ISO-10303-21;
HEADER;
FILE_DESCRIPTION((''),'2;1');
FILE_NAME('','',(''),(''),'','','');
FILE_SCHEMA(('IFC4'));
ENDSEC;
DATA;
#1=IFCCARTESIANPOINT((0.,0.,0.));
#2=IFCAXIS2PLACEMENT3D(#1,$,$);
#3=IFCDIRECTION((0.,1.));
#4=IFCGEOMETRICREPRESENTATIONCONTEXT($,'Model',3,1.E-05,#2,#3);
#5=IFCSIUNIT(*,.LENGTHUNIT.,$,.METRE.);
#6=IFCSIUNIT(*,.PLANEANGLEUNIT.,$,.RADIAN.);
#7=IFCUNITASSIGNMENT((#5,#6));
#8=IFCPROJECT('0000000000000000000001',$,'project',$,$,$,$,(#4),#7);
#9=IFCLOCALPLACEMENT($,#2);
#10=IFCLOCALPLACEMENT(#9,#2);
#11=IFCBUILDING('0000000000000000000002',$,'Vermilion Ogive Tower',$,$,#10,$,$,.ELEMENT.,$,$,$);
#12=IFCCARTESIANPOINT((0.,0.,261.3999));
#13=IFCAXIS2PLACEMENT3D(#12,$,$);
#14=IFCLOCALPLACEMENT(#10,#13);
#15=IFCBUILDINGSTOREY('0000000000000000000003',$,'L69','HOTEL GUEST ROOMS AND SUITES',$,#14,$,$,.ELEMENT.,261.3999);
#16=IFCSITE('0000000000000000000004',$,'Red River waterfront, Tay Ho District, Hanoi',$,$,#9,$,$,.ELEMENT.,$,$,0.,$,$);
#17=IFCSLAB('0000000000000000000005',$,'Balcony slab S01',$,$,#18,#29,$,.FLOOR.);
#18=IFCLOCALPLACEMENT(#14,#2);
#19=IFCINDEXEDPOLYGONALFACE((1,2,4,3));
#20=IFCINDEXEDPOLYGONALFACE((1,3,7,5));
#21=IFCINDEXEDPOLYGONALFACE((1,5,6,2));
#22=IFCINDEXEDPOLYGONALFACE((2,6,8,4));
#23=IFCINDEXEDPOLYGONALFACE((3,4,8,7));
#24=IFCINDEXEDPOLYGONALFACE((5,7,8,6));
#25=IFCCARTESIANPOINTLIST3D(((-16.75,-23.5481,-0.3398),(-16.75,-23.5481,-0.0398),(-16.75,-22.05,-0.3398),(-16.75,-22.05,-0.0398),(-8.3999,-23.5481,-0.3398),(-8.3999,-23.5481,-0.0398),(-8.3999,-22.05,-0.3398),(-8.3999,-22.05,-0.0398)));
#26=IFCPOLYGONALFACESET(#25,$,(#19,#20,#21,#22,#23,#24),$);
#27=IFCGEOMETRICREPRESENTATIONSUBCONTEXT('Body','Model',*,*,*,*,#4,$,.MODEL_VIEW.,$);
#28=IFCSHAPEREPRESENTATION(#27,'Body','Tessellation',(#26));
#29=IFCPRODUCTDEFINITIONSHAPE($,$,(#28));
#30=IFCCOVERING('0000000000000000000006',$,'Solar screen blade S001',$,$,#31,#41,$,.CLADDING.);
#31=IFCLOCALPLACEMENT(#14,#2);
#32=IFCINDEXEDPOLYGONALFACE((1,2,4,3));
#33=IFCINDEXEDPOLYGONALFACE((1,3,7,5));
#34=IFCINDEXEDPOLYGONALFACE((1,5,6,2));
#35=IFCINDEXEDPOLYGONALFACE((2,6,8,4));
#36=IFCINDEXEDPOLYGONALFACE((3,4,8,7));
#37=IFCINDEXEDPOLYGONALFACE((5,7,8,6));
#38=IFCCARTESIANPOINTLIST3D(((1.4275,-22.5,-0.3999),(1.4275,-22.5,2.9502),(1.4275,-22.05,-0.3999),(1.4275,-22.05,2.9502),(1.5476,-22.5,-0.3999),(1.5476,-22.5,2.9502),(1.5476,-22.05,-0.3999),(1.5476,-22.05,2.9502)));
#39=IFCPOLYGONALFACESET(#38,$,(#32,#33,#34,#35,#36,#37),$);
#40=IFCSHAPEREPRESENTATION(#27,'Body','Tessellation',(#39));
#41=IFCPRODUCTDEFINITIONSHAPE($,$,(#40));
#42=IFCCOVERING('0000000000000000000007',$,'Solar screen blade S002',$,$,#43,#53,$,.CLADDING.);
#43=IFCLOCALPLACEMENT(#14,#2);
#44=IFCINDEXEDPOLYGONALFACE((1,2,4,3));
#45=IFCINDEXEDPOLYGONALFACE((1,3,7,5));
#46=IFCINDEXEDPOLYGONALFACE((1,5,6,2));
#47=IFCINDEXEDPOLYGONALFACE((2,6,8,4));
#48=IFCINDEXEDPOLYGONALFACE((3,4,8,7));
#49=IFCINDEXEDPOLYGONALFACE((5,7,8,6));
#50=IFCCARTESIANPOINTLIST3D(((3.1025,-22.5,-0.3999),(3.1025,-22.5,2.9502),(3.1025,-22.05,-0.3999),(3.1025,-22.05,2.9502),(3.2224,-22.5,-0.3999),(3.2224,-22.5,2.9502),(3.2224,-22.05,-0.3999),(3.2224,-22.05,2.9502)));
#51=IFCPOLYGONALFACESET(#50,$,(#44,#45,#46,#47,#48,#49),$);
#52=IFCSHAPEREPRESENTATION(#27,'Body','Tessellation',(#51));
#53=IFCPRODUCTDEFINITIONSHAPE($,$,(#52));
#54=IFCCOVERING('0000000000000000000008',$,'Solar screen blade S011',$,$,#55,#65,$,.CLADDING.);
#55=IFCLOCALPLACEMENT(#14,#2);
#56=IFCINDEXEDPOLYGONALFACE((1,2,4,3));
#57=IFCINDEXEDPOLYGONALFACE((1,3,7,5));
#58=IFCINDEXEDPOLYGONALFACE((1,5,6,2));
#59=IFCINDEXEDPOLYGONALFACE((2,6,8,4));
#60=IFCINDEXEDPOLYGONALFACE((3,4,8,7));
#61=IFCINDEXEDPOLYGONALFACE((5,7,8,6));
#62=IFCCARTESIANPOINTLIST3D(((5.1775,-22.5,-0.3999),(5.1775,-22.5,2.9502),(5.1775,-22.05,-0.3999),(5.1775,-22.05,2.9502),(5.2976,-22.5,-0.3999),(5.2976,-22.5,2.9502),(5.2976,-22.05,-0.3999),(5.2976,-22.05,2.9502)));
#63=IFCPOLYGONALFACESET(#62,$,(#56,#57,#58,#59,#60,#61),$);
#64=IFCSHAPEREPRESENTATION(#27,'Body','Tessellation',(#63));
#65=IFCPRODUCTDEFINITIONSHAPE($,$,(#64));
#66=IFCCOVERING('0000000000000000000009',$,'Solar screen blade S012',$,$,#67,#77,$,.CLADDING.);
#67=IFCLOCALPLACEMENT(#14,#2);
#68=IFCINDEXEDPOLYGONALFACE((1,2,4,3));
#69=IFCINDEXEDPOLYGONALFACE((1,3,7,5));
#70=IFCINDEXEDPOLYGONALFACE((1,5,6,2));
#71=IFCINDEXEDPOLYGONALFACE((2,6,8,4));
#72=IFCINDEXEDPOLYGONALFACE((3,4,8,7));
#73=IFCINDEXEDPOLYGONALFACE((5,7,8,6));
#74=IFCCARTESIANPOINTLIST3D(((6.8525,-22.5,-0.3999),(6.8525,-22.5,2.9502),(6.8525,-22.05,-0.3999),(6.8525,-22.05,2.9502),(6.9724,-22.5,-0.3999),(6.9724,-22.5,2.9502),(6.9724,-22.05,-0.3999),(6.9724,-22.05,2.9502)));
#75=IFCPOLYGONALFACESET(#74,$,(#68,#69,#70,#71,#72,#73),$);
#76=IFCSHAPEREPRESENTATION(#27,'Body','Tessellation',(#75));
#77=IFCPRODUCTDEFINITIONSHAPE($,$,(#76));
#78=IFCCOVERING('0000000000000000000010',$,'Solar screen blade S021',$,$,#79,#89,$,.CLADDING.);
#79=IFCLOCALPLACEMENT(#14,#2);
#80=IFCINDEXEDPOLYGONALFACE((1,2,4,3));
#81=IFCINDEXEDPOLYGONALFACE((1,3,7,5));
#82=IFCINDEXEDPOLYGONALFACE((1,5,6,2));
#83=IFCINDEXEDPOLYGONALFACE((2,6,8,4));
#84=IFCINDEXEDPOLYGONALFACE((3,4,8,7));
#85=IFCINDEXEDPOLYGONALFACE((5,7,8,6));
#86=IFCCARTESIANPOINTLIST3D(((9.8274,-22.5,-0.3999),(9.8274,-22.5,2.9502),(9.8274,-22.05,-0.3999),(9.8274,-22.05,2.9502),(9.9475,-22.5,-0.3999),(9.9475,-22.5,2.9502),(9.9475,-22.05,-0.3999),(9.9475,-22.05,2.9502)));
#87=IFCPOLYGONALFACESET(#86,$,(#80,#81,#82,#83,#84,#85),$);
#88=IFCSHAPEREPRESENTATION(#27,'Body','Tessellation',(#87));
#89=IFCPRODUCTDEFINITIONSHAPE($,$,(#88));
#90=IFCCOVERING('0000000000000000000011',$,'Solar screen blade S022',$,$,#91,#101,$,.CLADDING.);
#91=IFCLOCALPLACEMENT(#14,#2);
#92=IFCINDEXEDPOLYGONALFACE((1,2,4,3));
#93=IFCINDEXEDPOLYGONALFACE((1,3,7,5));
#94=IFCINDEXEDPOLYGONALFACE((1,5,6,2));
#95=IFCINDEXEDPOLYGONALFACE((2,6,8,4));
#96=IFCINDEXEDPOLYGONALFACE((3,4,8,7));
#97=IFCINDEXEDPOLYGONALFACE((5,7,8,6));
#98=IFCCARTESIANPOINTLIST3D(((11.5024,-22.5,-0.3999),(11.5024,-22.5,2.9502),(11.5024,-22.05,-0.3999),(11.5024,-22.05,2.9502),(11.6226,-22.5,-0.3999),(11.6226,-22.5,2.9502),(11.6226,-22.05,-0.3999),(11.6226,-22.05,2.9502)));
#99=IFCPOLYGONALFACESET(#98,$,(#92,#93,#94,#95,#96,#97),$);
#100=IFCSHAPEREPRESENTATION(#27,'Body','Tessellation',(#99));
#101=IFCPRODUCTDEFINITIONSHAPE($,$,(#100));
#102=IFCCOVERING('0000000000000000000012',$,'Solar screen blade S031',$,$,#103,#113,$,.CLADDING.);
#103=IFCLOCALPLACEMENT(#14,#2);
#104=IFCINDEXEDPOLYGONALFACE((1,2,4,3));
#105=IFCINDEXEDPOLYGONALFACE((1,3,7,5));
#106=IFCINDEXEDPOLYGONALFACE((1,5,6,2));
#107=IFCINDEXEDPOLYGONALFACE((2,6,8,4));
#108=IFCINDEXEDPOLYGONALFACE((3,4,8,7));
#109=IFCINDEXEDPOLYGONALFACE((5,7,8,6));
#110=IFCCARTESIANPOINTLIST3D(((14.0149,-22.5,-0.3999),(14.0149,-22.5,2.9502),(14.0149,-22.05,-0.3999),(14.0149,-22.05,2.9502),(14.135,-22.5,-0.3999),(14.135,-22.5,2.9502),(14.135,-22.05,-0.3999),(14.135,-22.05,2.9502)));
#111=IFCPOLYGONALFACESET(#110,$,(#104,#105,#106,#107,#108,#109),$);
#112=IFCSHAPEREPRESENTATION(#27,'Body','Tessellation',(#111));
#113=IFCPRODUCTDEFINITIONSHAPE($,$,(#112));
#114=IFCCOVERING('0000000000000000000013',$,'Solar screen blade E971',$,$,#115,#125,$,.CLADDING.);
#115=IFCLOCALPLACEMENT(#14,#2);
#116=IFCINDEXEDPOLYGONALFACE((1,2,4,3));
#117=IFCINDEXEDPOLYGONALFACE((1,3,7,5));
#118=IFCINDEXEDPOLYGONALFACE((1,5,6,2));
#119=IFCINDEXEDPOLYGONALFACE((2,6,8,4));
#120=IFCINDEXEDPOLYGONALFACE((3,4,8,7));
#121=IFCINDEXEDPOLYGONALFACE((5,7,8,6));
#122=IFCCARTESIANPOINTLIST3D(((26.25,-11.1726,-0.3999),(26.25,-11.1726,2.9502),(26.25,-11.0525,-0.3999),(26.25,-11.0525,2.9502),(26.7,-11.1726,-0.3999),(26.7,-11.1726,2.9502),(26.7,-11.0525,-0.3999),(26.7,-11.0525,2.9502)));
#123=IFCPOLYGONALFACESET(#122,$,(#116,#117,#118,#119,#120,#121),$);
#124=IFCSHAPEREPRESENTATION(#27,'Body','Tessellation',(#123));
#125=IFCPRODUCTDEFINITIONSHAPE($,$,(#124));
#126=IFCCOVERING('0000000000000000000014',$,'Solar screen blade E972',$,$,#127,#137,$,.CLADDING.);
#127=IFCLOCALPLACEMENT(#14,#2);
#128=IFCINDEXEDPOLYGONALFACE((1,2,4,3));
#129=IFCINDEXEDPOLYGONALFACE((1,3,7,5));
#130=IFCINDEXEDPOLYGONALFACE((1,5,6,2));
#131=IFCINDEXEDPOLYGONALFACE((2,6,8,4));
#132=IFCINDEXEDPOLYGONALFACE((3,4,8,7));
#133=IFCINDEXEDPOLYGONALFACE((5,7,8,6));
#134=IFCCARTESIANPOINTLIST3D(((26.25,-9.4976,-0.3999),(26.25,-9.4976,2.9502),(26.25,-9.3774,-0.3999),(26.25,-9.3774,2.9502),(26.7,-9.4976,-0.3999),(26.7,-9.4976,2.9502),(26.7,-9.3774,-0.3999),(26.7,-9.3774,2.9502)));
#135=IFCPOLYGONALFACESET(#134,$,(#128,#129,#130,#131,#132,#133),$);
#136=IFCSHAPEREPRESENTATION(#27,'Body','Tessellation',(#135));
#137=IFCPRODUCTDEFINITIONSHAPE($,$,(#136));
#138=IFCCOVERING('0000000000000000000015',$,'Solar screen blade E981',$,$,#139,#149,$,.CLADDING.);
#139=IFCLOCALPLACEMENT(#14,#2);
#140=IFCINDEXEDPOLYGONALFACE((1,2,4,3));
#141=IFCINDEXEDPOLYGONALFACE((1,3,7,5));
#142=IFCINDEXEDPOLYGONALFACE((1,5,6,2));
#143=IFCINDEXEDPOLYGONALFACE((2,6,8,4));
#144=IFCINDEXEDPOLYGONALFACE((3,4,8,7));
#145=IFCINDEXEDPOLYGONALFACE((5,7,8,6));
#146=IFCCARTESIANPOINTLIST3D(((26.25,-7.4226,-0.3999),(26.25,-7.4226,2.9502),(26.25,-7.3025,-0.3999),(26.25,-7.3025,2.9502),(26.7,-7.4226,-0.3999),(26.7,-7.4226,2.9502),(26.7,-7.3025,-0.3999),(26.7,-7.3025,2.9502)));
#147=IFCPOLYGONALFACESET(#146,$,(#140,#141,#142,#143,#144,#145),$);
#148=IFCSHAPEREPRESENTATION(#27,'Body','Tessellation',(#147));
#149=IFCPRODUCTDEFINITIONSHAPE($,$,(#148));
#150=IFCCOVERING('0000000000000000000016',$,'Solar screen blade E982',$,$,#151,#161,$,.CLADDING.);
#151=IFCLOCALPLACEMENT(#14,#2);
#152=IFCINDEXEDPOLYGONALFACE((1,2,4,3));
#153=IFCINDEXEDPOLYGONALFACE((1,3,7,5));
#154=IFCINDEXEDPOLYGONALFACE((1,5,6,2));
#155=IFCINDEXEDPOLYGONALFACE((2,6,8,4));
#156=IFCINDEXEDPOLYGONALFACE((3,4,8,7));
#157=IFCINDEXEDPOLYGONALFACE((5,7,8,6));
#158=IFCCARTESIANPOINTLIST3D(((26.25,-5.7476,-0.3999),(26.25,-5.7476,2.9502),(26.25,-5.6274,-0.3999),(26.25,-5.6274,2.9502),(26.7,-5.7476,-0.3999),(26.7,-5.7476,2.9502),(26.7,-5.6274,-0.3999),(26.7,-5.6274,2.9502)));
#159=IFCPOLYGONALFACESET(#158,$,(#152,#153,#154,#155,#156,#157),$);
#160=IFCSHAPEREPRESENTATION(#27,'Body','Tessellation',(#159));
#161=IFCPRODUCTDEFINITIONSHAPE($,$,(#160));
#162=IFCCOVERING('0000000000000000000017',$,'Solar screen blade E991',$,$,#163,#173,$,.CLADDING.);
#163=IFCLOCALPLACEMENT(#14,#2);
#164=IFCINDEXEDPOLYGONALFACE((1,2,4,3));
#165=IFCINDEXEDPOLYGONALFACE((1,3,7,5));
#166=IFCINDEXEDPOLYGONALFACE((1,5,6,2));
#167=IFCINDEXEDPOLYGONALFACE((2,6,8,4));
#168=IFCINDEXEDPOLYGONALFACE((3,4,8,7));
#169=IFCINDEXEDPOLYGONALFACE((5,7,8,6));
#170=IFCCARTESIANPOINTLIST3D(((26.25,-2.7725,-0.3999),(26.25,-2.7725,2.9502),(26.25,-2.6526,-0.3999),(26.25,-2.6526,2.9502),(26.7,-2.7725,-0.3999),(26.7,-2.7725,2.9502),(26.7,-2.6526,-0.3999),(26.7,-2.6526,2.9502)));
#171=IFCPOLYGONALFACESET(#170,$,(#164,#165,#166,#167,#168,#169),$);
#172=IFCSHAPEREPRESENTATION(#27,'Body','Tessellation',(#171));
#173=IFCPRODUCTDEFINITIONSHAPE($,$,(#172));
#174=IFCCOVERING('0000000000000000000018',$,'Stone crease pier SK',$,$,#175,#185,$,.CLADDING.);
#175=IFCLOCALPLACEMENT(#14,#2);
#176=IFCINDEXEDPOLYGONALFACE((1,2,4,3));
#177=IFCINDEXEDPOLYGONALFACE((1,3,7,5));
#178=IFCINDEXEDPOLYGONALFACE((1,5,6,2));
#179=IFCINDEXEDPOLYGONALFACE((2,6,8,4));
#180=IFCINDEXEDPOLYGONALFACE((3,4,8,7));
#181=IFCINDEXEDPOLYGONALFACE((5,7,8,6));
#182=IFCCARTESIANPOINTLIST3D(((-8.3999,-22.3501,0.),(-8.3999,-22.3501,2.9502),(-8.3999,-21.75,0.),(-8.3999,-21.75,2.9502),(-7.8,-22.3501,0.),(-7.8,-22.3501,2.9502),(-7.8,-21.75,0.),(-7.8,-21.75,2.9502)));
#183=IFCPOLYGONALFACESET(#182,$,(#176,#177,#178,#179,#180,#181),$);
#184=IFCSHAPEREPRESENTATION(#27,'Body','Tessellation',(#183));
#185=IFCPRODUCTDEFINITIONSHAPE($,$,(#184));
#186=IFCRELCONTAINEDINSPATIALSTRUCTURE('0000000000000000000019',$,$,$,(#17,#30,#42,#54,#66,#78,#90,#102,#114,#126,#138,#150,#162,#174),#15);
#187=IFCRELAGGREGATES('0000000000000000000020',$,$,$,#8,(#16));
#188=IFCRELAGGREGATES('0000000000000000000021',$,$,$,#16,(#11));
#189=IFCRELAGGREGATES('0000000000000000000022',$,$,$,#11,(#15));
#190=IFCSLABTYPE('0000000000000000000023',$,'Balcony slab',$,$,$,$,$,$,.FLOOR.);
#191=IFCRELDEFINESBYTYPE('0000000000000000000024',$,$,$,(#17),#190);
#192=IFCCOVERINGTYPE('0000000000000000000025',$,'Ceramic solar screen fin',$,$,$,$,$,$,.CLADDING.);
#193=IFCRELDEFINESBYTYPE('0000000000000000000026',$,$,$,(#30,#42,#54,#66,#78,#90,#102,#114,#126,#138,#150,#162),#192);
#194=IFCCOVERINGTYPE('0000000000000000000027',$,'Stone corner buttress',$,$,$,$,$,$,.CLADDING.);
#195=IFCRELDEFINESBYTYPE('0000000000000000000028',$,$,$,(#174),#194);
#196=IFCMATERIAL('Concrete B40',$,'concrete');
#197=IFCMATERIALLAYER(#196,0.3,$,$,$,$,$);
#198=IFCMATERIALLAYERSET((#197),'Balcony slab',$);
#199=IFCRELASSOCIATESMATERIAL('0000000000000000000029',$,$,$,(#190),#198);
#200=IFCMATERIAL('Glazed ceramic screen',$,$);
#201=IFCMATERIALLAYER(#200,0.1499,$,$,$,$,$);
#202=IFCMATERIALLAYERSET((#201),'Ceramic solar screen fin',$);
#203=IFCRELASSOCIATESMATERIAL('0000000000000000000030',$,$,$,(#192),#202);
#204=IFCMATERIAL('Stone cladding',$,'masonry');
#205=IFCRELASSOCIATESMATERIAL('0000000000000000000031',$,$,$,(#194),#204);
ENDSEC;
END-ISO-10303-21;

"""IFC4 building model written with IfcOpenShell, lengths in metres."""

from ifc_helpers import new_model, si_unit, direction, frame, origin, place, context, subcontext, project, spatial, polyline, outline, extrude, material, layer, layer_set, type_object, element, save


model = new_model("IFC4")

# Units and contexts
model_context = context("Model", 3, precision=1e-05, world=origin(), true_north=direction((0.0, 1.0)))
body_context = subcontext(model_context, "Body", "Model", "MODEL_VIEW")
ifc_project = project(units=[si_unit("LENGTHUNIT", "METRE"), si_unit("PLANEANGLEUNIT", "RADIAN")], contexts=[model_context])

# Site, building, storey
site_placement = place(None, origin())
site = spatial("IfcSite", under=ifc_project, at=site_placement, Name="Red River waterfront, Tay Ho District, Hanoi", CompositionType="ELEMENT", RefElevation=0.0)
building_placement = place(site_placement, origin())
building = spatial("IfcBuilding", under=site, at=building_placement, Name="Vermilion Ogive Tower", CompositionType="ELEMENT")
storey_placement = place(building_placement, frame((0.0, 0.0, 261.3999)))
storey = spatial("IfcBuildingStorey", under=building, at=storey_placement, Name="L69", Description="HOTEL GUEST ROOMS AND SUITES", CompositionType="ELEMENT", Elevation=261.3999)

# Slab
ifc_material_1 = material(Name="Concrete B40", Category="concrete")
ifc_layer_1 = layer(ifc_material_1, 0.3)
ifc_layer_set_1 = layer_set([ifc_layer_1], Name="Balcony slab")
slab_type = type_object("IfcSlabType", Name="Balcony slab", PredefinedType="FLOOR", material=ifc_layer_set_1)
slab_placement = place(storey_placement, frame((0.0, 0.0, -0.3398)))
element("IfcSlab", 1, at=slab_placement, inside=storey, type_object=slab_type, Name="Balcony slab S01", PredefinedType="FLOOR", context=body_context, shape_type="SweptSolid", body=[
    extrude(outline(polyline([(-16.75, -23.5481), (-8.3999, -23.5481), (-8.3999, -22.05), (-16.75, -22.05), (-16.75, -23.5481)])), origin(), (0.0, 0.0, 1.0), 0.3),
])

# Coverings
ifc_material_2 = material(Name="Glazed ceramic screen")
ifc_layer_2 = layer(ifc_material_2, 0.1499)
ifc_layer_set_2 = layer_set([ifc_layer_2], Name="Ceramic solar screen fin")
covering_type_1 = type_object("IfcCoveringType", Name="Ceramic solar screen fin", PredefinedType="CLADDING", material=ifc_layer_set_2)
covering_1_placement = place(storey_placement, frame((0.0, 0.0, -0.3999)))
element("IfcCovering", 2, at=covering_1_placement, inside=storey, type_object=covering_type_1, Name="Solar screen blade S001", PredefinedType="CLADDING", context=body_context, shape_type="SweptSolid", body=[
    extrude(outline(polyline([(1.4275, -22.5), (1.5476, -22.5), (1.5476, -22.05), (1.4275, -22.05), (1.4275, -22.5)])), origin(), (0.0, 0.0, 1.0), 3.3501),
])
covering_2_placement = place(storey_placement, frame((0.0, 0.0, -0.3999)))
element("IfcCovering", 3, at=covering_2_placement, inside=storey, type_object=covering_type_1, Name="Solar screen blade S002", PredefinedType="CLADDING", context=body_context, shape_type="SweptSolid", body=[
    extrude(outline(polyline([(3.1025, -22.5), (3.2224, -22.5), (3.2224, -22.05), (3.1025, -22.05), (3.1025, -22.5)])), origin(), (0.0, 0.0, 1.0), 3.3501),
])
covering_3_placement = place(storey_placement, frame((0.0, 0.0, -0.3999)))
element("IfcCovering", 4, at=covering_3_placement, inside=storey, type_object=covering_type_1, Name="Solar screen blade S011", PredefinedType="CLADDING", context=body_context, shape_type="SweptSolid", body=[
    extrude(outline(polyline([(5.1775, -22.5), (5.2976, -22.5), (5.2976, -22.05), (5.1775, -22.05), (5.1775, -22.5)])), origin(), (0.0, 0.0, 1.0), 3.3501),
])
covering_4_placement = place(storey_placement, frame((0.0, 0.0, -0.3999)))
element("IfcCovering", 5, at=covering_4_placement, inside=storey, type_object=covering_type_1, Name="Solar screen blade S012", PredefinedType="CLADDING", context=body_context, shape_type="SweptSolid", body=[
    extrude(outline(polyline([(6.8525, -22.5), (6.9724, -22.5), (6.9724, -22.05), (6.8525, -22.05), (6.8525, -22.5)])), origin(), (0.0, 0.0, 1.0), 3.3501),
])
covering_5_placement = place(storey_placement, frame((0.0, 0.0, -0.3999)))
element("IfcCovering", 6, at=covering_5_placement, inside=storey, type_object=covering_type_1, Name="Solar screen blade S021", PredefinedType="CLADDING", context=body_context, shape_type="SweptSolid", body=[
    extrude(outline(polyline([(9.8274, -22.5), (9.9475, -22.5), (9.9475, -22.05), (9.8274, -22.05), (9.8274, -22.5)])), origin(), (0.0, 0.0, 1.0), 3.3501),
])
covering_6_placement = place(storey_placement, frame((0.0, 0.0, -0.3999)))
element("IfcCovering", 7, at=covering_6_placement, inside=storey, type_object=covering_type_1, Name="Solar screen blade S022", PredefinedType="CLADDING", context=body_context, shape_type="SweptSolid", body=[
    extrude(outline(polyline([(11.5024, -22.5), (11.6226, -22.5), (11.6226, -22.05), (11.5024, -22.05), (11.5024, -22.5)])), origin(), (0.0, 0.0, 1.0), 3.3501),
])
covering_7_placement = place(storey_placement, frame((0.0, 0.0, -0.3999)))
element("IfcCovering", 8, at=covering_7_placement, inside=storey, type_object=covering_type_1, Name="Solar screen blade S031", PredefinedType="CLADDING", context=body_context, shape_type="SweptSolid", body=[
    extrude(outline(polyline([(14.0149, -22.5), (14.135, -22.5), (14.135, -22.05), (14.0149, -22.05), (14.0149, -22.5)])), origin(), (0.0, 0.0, 1.0), 3.3501),
])
covering_8_placement = place(storey_placement, frame((0.0, 0.0, -0.3999)))
element("IfcCovering", 9, at=covering_8_placement, inside=storey, type_object=covering_type_1, Name="Solar screen blade E971", PredefinedType="CLADDING", context=body_context, shape_type="SweptSolid", body=[
    extrude(outline(polyline([(26.7, -11.1726), (26.7, -11.0525), (26.25, -11.0525), (26.25, -11.1726), (26.7, -11.1726)])), origin(), (0.0, 0.0, 1.0), 3.3501),
])
covering_9_placement = place(storey_placement, frame((0.0, 0.0, -0.3999)))
element("IfcCovering", 10, at=covering_9_placement, inside=storey, type_object=covering_type_1, Name="Solar screen blade E972", PredefinedType="CLADDING", context=body_context, shape_type="SweptSolid", body=[
    extrude(outline(polyline([(26.7, -9.4976), (26.7, -9.3774), (26.25, -9.3774), (26.25, -9.4976), (26.7, -9.4976)])), origin(), (0.0, 0.0, 1.0), 3.3501),
])
covering_10_placement = place(storey_placement, frame((0.0, 0.0, -0.3999)))
element("IfcCovering", 11, at=covering_10_placement, inside=storey, type_object=covering_type_1, Name="Solar screen blade E981", PredefinedType="CLADDING", context=body_context, shape_type="SweptSolid", body=[
    extrude(outline(polyline([(26.7, -7.4226), (26.7, -7.3025), (26.25, -7.3025), (26.25, -7.4226), (26.7, -7.4226)])), origin(), (0.0, 0.0, 1.0), 3.3501),
])
covering_11_placement = place(storey_placement, frame((0.0, 0.0, -0.3999)))
element("IfcCovering", 12, at=covering_11_placement, inside=storey, type_object=covering_type_1, Name="Solar screen blade E982", PredefinedType="CLADDING", context=body_context, shape_type="SweptSolid", body=[
    extrude(outline(polyline([(26.7, -5.7476), (26.7, -5.6274), (26.25, -5.6274), (26.25, -5.7476), (26.7, -5.7476)])), origin(), (0.0, 0.0, 1.0), 3.3501),
])
covering_12_placement = place(storey_placement, frame((0.0, 0.0, -0.3999)))
element("IfcCovering", 13, at=covering_12_placement, inside=storey, type_object=covering_type_1, Name="Solar screen blade E991", PredefinedType="CLADDING", context=body_context, shape_type="SweptSolid", body=[
    extrude(outline(polyline([(26.7, -2.7725), (26.7, -2.6526), (26.25, -2.6526), (26.25, -2.7725), (26.7, -2.7725)])), origin(), (0.0, 0.0, 1.0), 3.3501),
])
ifc_material_3 = material(Name="Stone cladding", Category="masonry")
covering_type_2 = type_object("IfcCoveringType", Name="Stone corner buttress", PredefinedType="CLADDING", material=ifc_material_3)
covering_13_placement = place(storey_placement, origin())
element("IfcCovering", 14, at=covering_13_placement, inside=storey, type_object=covering_type_2, Name="Stone crease pier SK", PredefinedType="CLADDING", context=body_context, shape_type="SweptSolid", body=[
    extrude(outline(polyline([(-8.3999, -22.3501), (-7.8, -22.3501), (-7.8, -21.75), (-8.3999, -21.75), (-8.3999, -22.3501)])), origin(), (0.0, 0.0, 1.0), 2.9502),
])

save(model, "model.ifc")
